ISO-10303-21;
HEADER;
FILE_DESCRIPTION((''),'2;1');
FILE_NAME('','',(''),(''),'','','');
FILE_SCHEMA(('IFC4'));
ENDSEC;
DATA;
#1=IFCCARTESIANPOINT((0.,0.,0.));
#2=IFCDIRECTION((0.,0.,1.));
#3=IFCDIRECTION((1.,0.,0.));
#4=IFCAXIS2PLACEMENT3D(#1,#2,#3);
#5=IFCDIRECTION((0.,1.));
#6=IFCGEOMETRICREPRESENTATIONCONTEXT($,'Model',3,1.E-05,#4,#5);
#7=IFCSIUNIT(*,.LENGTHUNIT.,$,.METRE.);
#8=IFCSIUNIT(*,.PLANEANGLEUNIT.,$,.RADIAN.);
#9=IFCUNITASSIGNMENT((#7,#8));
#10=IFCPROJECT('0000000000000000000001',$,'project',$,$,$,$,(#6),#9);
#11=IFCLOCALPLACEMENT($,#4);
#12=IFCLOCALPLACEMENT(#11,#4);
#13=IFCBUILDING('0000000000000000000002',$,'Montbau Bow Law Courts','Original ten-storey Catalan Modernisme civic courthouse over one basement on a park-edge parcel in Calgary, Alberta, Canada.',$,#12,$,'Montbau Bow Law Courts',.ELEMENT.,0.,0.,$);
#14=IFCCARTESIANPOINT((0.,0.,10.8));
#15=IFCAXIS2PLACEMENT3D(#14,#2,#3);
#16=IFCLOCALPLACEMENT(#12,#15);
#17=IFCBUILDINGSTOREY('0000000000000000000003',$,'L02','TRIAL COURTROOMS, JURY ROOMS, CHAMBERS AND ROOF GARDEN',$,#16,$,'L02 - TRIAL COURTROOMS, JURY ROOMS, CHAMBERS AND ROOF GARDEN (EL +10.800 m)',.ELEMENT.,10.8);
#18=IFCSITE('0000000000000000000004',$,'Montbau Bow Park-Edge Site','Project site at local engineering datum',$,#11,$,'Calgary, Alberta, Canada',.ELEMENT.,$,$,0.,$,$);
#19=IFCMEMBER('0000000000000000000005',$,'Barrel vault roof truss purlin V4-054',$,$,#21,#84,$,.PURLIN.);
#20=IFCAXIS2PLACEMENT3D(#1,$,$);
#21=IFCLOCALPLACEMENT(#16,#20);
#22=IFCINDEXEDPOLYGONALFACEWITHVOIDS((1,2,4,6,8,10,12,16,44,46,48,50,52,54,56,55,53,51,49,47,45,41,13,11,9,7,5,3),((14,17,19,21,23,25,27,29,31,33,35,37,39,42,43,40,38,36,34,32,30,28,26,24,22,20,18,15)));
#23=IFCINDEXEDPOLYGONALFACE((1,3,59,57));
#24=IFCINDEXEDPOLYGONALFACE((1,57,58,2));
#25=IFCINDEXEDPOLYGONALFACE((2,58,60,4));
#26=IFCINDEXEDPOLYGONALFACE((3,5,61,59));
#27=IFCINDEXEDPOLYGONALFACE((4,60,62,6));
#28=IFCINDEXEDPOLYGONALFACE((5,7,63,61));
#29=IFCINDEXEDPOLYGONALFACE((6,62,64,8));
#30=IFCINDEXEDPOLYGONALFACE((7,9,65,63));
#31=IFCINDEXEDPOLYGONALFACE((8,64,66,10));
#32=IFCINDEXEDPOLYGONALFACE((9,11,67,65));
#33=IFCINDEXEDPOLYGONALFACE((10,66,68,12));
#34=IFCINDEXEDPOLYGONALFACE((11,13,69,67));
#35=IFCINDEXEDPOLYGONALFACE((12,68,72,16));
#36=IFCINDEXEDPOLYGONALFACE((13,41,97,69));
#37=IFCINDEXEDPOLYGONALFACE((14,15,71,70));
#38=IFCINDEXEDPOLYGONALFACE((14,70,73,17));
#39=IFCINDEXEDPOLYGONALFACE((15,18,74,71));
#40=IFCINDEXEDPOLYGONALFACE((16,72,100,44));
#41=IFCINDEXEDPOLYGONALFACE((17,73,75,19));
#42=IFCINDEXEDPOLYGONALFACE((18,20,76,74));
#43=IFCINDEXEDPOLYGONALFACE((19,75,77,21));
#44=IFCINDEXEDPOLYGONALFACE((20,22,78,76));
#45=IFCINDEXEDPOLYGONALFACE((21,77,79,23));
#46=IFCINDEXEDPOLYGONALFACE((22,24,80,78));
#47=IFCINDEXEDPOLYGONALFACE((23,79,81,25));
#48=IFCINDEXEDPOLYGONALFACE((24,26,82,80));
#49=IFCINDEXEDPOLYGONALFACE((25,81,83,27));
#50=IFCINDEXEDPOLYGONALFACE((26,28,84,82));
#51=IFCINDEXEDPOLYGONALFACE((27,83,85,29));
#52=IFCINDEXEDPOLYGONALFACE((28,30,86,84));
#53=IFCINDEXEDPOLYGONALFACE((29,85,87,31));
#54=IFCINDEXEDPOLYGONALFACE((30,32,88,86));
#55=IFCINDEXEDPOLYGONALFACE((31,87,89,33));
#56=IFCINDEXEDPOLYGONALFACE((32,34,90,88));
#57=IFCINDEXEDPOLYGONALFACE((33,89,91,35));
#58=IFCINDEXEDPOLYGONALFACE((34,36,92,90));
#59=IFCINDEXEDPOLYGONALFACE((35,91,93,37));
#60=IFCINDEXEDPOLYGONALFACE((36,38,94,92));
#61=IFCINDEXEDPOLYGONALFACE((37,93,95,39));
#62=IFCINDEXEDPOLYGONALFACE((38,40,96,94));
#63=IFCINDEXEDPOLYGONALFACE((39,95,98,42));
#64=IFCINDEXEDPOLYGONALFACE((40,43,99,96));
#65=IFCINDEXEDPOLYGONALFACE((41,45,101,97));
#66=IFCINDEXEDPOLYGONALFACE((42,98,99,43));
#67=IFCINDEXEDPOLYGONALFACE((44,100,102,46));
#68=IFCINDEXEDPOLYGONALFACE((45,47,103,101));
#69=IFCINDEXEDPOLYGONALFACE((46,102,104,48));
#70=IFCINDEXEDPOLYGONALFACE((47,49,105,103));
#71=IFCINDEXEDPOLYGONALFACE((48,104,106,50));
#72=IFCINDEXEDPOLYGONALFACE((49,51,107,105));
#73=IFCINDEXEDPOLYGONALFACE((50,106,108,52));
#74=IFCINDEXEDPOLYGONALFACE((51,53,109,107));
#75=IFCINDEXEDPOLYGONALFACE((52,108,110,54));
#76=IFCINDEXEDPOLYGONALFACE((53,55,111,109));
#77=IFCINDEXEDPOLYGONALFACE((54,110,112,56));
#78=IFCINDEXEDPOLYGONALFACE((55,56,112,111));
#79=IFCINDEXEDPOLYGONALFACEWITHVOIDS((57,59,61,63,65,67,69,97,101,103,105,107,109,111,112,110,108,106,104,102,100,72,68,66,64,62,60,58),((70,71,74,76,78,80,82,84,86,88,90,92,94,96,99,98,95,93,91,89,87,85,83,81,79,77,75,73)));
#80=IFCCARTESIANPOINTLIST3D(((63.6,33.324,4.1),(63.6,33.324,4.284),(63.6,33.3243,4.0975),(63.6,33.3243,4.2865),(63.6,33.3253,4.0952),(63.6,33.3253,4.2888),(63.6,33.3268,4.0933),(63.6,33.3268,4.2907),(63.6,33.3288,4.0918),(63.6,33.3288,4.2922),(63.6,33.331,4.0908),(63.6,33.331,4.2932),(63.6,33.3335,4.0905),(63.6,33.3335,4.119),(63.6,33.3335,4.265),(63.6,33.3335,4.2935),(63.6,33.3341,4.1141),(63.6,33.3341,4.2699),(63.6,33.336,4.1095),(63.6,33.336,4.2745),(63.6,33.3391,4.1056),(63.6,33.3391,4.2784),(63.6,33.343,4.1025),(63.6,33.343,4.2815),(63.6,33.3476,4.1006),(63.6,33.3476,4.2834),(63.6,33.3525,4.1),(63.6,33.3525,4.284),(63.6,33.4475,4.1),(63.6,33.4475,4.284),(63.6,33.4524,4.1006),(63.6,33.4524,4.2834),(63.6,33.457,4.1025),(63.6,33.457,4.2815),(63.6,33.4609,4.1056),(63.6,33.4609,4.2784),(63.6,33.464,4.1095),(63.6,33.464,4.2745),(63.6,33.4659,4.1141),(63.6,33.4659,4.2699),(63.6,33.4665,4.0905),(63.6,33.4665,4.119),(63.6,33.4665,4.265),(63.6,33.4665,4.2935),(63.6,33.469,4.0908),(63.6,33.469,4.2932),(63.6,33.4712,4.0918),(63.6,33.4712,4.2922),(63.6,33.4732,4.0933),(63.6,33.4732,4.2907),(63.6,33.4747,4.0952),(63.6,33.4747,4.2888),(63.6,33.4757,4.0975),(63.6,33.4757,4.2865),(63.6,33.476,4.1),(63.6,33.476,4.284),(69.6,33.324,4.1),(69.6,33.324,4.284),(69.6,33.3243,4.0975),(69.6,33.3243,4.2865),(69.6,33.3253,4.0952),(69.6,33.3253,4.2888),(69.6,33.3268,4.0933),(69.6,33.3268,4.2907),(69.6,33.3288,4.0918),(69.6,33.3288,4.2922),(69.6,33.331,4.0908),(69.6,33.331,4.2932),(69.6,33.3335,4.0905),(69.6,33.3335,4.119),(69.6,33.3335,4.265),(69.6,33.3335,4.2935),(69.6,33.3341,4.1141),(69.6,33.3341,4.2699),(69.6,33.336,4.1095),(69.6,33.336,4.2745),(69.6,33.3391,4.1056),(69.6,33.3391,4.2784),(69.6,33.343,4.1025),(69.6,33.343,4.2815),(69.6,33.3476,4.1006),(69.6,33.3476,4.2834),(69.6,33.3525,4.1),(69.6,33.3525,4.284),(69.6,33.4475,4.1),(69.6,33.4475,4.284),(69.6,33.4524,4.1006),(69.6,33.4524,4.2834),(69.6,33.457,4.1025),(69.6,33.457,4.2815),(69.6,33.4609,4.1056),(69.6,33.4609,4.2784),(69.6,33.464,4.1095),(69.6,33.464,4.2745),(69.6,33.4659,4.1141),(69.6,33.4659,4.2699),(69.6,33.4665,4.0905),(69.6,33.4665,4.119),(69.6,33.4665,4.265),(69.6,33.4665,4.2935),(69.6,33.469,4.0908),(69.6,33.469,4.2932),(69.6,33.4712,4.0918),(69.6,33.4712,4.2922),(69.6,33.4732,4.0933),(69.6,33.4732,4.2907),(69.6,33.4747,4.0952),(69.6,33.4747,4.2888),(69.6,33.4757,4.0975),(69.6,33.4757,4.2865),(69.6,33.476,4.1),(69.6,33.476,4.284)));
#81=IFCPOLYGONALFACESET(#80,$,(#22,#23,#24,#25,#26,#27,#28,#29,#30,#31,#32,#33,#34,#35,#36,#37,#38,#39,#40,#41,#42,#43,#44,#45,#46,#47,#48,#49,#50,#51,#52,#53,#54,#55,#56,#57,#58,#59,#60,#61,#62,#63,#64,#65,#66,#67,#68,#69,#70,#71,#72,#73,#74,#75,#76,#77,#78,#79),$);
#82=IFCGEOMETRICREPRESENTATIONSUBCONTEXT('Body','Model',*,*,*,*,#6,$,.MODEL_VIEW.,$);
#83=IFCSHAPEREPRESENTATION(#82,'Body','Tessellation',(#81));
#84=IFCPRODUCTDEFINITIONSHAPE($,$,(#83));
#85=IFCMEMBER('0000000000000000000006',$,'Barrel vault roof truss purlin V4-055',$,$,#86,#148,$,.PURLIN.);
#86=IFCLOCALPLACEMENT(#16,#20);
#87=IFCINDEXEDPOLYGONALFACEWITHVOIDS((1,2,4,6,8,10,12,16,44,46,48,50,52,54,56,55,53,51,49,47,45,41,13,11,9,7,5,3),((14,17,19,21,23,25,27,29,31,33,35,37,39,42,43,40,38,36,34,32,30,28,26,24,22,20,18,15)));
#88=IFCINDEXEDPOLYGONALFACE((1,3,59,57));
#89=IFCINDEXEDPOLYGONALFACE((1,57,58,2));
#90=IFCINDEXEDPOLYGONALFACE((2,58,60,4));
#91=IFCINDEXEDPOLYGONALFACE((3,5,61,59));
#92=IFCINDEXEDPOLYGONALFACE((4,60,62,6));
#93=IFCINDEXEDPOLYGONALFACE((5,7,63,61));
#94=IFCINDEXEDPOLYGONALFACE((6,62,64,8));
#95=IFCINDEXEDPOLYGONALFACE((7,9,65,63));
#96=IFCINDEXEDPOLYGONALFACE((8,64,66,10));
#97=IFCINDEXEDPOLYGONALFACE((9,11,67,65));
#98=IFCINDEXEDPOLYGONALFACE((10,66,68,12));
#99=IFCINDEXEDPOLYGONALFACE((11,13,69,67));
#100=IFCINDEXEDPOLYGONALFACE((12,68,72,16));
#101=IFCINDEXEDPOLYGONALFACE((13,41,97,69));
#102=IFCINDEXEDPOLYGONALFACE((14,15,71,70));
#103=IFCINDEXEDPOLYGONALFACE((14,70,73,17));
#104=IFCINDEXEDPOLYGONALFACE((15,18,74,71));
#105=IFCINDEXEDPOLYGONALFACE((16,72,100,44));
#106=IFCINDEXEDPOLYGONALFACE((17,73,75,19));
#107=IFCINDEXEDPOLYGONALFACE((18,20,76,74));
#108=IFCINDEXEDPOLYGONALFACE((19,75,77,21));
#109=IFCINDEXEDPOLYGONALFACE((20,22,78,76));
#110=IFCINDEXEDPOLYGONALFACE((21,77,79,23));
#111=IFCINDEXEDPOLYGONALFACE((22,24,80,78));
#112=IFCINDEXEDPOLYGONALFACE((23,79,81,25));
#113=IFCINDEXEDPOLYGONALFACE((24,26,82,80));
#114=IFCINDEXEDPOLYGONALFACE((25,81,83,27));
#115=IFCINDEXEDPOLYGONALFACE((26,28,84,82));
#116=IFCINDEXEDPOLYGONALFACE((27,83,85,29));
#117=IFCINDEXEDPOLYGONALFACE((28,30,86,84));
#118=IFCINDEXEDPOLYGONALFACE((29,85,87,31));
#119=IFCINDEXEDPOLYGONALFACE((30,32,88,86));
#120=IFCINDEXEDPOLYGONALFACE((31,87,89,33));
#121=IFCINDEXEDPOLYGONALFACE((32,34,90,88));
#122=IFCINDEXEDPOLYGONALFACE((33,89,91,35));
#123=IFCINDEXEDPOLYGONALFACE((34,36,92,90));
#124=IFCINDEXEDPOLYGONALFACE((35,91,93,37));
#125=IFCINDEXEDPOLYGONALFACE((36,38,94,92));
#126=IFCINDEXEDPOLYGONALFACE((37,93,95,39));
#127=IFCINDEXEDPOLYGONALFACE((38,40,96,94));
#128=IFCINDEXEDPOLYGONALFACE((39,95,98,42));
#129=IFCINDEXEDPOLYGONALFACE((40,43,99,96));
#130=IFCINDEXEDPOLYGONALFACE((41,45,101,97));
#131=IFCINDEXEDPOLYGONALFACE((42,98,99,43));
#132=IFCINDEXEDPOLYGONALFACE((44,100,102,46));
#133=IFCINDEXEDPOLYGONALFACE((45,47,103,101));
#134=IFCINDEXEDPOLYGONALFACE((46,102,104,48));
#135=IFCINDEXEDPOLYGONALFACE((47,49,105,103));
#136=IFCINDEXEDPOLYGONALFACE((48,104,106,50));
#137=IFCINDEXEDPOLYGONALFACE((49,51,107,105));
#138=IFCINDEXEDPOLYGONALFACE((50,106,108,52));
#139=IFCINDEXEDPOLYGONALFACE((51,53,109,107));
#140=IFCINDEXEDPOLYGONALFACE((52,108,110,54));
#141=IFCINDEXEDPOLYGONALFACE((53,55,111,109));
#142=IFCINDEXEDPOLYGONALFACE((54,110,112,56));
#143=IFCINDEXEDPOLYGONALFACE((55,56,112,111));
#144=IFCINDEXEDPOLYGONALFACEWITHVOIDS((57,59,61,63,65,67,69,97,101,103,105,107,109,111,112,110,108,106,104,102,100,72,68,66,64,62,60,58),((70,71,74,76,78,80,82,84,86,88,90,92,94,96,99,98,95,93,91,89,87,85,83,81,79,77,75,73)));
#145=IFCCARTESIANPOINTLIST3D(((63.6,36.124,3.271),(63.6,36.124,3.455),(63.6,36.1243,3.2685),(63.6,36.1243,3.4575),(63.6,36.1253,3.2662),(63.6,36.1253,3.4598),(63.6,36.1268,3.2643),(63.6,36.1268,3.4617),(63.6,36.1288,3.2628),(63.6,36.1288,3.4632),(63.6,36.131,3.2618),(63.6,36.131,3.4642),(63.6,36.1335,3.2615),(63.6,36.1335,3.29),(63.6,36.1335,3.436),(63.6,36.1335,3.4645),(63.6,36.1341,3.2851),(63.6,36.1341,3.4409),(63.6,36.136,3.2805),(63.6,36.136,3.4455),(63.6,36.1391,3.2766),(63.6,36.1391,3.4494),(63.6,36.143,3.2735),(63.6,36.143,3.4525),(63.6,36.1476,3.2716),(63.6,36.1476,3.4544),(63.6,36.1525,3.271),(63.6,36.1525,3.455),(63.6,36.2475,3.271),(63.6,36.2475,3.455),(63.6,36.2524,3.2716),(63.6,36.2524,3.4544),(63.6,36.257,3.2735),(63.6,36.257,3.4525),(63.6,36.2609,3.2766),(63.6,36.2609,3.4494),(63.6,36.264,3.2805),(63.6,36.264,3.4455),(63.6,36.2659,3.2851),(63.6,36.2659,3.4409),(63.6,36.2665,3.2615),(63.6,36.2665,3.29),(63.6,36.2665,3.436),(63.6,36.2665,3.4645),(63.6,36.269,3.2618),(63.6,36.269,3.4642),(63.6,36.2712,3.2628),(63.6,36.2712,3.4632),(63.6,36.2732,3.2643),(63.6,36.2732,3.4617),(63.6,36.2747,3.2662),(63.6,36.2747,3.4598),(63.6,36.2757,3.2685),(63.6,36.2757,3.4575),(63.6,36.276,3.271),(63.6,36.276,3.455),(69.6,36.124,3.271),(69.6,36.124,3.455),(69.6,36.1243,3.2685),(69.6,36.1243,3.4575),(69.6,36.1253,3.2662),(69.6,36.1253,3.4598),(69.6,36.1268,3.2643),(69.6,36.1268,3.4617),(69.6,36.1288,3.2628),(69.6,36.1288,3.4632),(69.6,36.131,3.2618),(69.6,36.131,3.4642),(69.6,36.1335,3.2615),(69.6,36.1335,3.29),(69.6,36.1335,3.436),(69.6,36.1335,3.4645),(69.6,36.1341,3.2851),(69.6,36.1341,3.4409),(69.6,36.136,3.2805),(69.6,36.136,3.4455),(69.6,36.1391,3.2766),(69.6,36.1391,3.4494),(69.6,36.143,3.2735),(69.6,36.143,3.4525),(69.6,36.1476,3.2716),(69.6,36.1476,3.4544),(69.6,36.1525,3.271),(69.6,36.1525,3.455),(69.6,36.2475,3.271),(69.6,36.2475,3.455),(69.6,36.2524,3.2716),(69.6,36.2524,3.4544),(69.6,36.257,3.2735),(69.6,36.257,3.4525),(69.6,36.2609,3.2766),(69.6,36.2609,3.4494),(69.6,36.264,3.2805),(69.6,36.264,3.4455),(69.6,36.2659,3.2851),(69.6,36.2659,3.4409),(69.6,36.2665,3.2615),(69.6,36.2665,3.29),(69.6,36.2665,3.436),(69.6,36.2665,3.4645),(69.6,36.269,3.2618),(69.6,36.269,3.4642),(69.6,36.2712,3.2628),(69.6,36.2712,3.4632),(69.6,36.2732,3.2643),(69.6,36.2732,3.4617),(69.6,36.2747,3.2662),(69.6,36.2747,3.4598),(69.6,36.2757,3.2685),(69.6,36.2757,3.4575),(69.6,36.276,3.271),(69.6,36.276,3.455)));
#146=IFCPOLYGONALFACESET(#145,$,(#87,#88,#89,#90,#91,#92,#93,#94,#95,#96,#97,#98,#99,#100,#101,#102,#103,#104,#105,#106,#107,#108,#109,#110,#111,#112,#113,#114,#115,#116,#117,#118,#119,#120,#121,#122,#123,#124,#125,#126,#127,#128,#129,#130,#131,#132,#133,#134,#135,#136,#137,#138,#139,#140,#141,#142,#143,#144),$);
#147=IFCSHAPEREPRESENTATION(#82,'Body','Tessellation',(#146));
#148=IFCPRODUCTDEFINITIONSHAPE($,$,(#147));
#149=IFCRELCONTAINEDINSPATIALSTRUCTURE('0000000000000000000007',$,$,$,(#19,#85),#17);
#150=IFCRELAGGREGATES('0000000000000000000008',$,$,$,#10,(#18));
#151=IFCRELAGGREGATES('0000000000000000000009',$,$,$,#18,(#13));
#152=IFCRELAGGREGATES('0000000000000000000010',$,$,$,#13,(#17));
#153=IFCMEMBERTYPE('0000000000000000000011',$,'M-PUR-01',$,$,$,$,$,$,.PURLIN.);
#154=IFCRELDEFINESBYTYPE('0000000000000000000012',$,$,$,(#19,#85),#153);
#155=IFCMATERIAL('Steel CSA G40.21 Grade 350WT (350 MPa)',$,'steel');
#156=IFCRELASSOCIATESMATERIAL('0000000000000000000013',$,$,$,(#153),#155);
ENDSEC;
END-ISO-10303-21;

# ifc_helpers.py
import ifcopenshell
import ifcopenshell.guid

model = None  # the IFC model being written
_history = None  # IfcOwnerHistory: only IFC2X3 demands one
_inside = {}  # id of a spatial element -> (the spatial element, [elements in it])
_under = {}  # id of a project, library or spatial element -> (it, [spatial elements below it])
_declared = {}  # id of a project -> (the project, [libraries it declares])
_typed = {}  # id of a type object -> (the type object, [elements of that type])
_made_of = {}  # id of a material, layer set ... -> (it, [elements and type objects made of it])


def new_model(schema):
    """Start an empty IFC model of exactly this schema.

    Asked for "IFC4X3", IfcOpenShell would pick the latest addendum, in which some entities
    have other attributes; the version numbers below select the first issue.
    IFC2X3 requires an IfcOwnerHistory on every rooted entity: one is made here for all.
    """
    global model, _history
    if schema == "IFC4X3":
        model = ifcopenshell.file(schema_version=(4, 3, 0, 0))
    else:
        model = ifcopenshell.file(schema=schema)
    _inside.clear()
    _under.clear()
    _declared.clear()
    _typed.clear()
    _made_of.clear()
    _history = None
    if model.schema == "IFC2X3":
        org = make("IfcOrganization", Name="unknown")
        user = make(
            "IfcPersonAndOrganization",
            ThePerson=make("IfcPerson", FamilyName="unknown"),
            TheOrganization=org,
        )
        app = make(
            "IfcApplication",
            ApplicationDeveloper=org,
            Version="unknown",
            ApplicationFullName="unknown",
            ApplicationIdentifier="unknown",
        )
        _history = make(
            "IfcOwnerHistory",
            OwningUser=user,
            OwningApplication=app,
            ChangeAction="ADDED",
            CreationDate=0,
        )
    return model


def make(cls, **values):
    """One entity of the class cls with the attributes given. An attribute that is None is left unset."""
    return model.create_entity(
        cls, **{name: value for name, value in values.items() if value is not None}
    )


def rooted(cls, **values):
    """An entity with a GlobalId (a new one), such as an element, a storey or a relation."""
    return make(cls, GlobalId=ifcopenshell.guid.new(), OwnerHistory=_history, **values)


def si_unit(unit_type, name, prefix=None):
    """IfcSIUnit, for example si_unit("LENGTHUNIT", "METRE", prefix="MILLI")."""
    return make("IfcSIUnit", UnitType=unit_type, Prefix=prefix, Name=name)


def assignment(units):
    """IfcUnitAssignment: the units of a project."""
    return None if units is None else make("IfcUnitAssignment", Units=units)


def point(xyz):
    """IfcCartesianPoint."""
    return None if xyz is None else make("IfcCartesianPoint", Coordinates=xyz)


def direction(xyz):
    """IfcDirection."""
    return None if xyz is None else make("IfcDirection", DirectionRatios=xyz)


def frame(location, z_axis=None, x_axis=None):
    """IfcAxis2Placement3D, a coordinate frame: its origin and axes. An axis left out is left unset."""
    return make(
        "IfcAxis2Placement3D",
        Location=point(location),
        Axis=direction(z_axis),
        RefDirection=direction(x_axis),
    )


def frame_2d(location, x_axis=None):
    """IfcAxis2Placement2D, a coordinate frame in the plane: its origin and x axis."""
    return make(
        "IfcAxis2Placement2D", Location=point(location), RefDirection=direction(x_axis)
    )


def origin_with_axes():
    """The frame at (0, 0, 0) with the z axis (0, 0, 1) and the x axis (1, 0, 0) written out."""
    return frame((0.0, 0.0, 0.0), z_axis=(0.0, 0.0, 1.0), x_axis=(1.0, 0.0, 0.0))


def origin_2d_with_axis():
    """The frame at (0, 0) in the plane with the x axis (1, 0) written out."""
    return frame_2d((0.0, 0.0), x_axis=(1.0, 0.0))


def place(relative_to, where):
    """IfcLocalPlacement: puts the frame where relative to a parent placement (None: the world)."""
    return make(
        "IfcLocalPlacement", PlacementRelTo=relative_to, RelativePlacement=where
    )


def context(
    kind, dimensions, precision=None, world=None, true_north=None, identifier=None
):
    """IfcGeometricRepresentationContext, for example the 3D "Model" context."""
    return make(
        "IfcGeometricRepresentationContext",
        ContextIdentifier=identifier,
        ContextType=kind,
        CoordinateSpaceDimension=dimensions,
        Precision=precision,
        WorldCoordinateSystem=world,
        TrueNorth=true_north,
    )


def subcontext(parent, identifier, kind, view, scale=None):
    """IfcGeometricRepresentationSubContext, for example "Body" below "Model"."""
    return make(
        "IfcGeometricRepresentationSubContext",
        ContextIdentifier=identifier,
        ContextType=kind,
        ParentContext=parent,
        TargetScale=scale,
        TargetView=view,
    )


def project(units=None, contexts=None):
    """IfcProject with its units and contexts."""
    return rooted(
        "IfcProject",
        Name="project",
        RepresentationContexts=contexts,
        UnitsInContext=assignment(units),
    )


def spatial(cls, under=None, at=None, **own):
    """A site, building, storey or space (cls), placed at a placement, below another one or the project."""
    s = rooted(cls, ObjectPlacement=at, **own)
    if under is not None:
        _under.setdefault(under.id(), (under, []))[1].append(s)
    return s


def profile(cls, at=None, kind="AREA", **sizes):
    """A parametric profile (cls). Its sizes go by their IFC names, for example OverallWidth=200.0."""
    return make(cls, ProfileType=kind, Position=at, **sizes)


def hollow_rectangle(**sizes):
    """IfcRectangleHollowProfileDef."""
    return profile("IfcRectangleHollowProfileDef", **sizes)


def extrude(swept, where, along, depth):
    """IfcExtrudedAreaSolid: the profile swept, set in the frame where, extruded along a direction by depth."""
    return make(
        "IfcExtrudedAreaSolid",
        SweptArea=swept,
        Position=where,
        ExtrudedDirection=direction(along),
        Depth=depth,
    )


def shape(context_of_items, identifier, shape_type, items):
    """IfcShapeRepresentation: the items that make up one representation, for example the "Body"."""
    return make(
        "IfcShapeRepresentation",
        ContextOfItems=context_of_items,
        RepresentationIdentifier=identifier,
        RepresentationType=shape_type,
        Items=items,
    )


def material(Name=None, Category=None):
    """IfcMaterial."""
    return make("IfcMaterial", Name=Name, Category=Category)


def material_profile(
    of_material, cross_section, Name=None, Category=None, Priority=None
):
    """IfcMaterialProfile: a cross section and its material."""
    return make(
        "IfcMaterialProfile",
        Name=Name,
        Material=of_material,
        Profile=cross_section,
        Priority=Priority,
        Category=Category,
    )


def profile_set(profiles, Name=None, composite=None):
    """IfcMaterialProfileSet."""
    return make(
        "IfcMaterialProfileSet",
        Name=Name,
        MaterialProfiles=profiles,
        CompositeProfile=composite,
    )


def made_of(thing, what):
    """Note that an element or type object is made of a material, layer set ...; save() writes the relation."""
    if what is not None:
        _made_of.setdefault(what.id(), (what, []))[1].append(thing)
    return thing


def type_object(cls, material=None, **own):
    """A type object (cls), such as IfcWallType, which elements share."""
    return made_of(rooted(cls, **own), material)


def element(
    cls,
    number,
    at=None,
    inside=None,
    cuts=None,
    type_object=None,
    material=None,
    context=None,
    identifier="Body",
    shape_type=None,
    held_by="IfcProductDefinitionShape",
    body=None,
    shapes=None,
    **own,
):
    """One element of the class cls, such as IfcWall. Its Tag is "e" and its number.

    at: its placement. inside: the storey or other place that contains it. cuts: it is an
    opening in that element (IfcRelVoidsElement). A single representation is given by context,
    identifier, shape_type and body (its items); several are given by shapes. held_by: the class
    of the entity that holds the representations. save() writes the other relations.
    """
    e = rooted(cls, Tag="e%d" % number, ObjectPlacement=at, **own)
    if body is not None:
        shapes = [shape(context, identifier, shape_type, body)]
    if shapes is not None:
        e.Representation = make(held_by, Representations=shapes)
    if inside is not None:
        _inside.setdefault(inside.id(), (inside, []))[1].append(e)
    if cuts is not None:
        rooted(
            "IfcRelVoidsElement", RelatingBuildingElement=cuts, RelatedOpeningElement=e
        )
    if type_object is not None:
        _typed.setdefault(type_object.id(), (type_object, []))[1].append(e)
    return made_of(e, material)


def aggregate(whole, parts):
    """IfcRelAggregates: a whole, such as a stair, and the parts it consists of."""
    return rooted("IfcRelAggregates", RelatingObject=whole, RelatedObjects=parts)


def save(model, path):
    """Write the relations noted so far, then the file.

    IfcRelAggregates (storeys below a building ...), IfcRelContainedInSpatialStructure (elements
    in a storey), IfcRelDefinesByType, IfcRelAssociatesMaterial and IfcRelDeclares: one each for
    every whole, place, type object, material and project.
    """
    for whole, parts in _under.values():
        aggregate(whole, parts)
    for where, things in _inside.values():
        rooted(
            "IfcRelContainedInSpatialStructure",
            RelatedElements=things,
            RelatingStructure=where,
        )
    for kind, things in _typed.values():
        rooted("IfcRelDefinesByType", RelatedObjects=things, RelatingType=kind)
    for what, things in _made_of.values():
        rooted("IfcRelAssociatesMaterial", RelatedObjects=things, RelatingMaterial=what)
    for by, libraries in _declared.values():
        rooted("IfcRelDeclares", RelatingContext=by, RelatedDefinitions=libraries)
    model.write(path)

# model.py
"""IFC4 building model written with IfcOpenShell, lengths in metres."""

from ifc_helpers import new_model, si_unit, direction, frame, origin_with_axes, origin_2d_with_axis, place, context, subcontext, project, spatial, hollow_rectangle, extrude, material, material_profile, profile_set, type_object, element, save


model = new_model("IFC4")

# Units and contexts
model_context = context("Model", 3, precision=1e-05, world=origin_with_axes(), true_north=direction((0.0, 1.0)))
body_context = subcontext(model_context, "Body", "Model", "MODEL_VIEW")
ifc_project = project(units=[si_unit("LENGTHUNIT", "METRE"), si_unit("PLANEANGLEUNIT", "RADIAN")], contexts=[model_context])

# Site, building, storey
site_placement = place(None, origin_with_axes())
site = spatial("IfcSite", under=ifc_project, at=site_placement, Name="Montbau Bow Park-Edge Site", Description="Project site at local engineering datum", LongName="Calgary, Alberta, Canada", CompositionType="ELEMENT", RefElevation=0.0)
building_placement = place(site_placement, origin_with_axes())
building = spatial("IfcBuilding", under=site, at=building_placement, Name="Montbau Bow Law Courts", Description="Original ten-storey Catalan Modernisme civic courthouse over one basement on a park-edge parcel in Calgary, Alberta, Canada.", LongName="Montbau Bow Law Courts", CompositionType="ELEMENT", ElevationOfRefHeight=0.0, ElevationOfTerrain=0.0)
storey_placement = place(building_placement, frame((0.0, 0.0, 10.8), z_axis=(0.0, 0.0, 1.0), x_axis=(1.0, 0.0, 0.0)))
storey = spatial("IfcBuildingStorey", under=building, at=storey_placement, Name="L02", Description="TRIAL COURTROOMS, JURY ROOMS, CHAMBERS AND ROOF GARDEN", LongName="L02 - TRIAL COURTROOMS, JURY ROOMS, CHAMBERS AND ROOF GARDEN (EL +10.800 m)", CompositionType="ELEMENT", Elevation=10.8)

# Shared definitions
ifc_material_1 = material(Name="Steel CSA G40.21 Grade 350WT (350 MPa)", Category="steel")

# Members
ifc_material_profile_1 = material_profile(ifc_material_1, hollow_rectangle(XDim=0.152, YDim=0.203, WallThickness=0.0095, InnerFilletRadius=0.019, OuterFilletRadius=0.0095, at=origin_2d_with_axis()), Name="HSS203X152X9.5", Category="Main", Priority=0)
ifc_profile_set_1 = profile_set([ifc_material_profile_1], Name="Steel CSA G40.21 Grade 350WT (350 MPa)")
member_type_1 = type_object("IfcMemberType", Name="M-PUR-01", PredefinedType="PURLIN", material=ifc_profile_set_1)
for number, where, z_axis, x_axis, name in (
    (1, (63.6, 33.4, 14.992), (1.0, 0.0, 0.0), (0.0, 1.0, 0.0), "Barrel vault roof truss purlin V4-054"),
    (2, (63.6, 36.2, 14.163), (1.0, 0.0, 0.0), (0.0, 1.0, 0.0), "Barrel vault roof truss purlin V4-055"),
):
    element("IfcMember", number, at=place(None, frame(where, z_axis=z_axis, x_axis=x_axis)), inside=storey, type_object=member_type_1, Name=name, PredefinedType="PURLIN", context=body_context, shape_type="SweptSolid", body=[
        extrude(hollow_rectangle(XDim=0.152, YDim=0.203, WallThickness=0.0095, InnerFilletRadius=0.019, OuterFilletRadius=0.0095, at=origin_2d_with_axis()), origin_with_axes(), (0.0, 0.0, 1.0), 6.0),
    ])

save(model, "model.ifc")
